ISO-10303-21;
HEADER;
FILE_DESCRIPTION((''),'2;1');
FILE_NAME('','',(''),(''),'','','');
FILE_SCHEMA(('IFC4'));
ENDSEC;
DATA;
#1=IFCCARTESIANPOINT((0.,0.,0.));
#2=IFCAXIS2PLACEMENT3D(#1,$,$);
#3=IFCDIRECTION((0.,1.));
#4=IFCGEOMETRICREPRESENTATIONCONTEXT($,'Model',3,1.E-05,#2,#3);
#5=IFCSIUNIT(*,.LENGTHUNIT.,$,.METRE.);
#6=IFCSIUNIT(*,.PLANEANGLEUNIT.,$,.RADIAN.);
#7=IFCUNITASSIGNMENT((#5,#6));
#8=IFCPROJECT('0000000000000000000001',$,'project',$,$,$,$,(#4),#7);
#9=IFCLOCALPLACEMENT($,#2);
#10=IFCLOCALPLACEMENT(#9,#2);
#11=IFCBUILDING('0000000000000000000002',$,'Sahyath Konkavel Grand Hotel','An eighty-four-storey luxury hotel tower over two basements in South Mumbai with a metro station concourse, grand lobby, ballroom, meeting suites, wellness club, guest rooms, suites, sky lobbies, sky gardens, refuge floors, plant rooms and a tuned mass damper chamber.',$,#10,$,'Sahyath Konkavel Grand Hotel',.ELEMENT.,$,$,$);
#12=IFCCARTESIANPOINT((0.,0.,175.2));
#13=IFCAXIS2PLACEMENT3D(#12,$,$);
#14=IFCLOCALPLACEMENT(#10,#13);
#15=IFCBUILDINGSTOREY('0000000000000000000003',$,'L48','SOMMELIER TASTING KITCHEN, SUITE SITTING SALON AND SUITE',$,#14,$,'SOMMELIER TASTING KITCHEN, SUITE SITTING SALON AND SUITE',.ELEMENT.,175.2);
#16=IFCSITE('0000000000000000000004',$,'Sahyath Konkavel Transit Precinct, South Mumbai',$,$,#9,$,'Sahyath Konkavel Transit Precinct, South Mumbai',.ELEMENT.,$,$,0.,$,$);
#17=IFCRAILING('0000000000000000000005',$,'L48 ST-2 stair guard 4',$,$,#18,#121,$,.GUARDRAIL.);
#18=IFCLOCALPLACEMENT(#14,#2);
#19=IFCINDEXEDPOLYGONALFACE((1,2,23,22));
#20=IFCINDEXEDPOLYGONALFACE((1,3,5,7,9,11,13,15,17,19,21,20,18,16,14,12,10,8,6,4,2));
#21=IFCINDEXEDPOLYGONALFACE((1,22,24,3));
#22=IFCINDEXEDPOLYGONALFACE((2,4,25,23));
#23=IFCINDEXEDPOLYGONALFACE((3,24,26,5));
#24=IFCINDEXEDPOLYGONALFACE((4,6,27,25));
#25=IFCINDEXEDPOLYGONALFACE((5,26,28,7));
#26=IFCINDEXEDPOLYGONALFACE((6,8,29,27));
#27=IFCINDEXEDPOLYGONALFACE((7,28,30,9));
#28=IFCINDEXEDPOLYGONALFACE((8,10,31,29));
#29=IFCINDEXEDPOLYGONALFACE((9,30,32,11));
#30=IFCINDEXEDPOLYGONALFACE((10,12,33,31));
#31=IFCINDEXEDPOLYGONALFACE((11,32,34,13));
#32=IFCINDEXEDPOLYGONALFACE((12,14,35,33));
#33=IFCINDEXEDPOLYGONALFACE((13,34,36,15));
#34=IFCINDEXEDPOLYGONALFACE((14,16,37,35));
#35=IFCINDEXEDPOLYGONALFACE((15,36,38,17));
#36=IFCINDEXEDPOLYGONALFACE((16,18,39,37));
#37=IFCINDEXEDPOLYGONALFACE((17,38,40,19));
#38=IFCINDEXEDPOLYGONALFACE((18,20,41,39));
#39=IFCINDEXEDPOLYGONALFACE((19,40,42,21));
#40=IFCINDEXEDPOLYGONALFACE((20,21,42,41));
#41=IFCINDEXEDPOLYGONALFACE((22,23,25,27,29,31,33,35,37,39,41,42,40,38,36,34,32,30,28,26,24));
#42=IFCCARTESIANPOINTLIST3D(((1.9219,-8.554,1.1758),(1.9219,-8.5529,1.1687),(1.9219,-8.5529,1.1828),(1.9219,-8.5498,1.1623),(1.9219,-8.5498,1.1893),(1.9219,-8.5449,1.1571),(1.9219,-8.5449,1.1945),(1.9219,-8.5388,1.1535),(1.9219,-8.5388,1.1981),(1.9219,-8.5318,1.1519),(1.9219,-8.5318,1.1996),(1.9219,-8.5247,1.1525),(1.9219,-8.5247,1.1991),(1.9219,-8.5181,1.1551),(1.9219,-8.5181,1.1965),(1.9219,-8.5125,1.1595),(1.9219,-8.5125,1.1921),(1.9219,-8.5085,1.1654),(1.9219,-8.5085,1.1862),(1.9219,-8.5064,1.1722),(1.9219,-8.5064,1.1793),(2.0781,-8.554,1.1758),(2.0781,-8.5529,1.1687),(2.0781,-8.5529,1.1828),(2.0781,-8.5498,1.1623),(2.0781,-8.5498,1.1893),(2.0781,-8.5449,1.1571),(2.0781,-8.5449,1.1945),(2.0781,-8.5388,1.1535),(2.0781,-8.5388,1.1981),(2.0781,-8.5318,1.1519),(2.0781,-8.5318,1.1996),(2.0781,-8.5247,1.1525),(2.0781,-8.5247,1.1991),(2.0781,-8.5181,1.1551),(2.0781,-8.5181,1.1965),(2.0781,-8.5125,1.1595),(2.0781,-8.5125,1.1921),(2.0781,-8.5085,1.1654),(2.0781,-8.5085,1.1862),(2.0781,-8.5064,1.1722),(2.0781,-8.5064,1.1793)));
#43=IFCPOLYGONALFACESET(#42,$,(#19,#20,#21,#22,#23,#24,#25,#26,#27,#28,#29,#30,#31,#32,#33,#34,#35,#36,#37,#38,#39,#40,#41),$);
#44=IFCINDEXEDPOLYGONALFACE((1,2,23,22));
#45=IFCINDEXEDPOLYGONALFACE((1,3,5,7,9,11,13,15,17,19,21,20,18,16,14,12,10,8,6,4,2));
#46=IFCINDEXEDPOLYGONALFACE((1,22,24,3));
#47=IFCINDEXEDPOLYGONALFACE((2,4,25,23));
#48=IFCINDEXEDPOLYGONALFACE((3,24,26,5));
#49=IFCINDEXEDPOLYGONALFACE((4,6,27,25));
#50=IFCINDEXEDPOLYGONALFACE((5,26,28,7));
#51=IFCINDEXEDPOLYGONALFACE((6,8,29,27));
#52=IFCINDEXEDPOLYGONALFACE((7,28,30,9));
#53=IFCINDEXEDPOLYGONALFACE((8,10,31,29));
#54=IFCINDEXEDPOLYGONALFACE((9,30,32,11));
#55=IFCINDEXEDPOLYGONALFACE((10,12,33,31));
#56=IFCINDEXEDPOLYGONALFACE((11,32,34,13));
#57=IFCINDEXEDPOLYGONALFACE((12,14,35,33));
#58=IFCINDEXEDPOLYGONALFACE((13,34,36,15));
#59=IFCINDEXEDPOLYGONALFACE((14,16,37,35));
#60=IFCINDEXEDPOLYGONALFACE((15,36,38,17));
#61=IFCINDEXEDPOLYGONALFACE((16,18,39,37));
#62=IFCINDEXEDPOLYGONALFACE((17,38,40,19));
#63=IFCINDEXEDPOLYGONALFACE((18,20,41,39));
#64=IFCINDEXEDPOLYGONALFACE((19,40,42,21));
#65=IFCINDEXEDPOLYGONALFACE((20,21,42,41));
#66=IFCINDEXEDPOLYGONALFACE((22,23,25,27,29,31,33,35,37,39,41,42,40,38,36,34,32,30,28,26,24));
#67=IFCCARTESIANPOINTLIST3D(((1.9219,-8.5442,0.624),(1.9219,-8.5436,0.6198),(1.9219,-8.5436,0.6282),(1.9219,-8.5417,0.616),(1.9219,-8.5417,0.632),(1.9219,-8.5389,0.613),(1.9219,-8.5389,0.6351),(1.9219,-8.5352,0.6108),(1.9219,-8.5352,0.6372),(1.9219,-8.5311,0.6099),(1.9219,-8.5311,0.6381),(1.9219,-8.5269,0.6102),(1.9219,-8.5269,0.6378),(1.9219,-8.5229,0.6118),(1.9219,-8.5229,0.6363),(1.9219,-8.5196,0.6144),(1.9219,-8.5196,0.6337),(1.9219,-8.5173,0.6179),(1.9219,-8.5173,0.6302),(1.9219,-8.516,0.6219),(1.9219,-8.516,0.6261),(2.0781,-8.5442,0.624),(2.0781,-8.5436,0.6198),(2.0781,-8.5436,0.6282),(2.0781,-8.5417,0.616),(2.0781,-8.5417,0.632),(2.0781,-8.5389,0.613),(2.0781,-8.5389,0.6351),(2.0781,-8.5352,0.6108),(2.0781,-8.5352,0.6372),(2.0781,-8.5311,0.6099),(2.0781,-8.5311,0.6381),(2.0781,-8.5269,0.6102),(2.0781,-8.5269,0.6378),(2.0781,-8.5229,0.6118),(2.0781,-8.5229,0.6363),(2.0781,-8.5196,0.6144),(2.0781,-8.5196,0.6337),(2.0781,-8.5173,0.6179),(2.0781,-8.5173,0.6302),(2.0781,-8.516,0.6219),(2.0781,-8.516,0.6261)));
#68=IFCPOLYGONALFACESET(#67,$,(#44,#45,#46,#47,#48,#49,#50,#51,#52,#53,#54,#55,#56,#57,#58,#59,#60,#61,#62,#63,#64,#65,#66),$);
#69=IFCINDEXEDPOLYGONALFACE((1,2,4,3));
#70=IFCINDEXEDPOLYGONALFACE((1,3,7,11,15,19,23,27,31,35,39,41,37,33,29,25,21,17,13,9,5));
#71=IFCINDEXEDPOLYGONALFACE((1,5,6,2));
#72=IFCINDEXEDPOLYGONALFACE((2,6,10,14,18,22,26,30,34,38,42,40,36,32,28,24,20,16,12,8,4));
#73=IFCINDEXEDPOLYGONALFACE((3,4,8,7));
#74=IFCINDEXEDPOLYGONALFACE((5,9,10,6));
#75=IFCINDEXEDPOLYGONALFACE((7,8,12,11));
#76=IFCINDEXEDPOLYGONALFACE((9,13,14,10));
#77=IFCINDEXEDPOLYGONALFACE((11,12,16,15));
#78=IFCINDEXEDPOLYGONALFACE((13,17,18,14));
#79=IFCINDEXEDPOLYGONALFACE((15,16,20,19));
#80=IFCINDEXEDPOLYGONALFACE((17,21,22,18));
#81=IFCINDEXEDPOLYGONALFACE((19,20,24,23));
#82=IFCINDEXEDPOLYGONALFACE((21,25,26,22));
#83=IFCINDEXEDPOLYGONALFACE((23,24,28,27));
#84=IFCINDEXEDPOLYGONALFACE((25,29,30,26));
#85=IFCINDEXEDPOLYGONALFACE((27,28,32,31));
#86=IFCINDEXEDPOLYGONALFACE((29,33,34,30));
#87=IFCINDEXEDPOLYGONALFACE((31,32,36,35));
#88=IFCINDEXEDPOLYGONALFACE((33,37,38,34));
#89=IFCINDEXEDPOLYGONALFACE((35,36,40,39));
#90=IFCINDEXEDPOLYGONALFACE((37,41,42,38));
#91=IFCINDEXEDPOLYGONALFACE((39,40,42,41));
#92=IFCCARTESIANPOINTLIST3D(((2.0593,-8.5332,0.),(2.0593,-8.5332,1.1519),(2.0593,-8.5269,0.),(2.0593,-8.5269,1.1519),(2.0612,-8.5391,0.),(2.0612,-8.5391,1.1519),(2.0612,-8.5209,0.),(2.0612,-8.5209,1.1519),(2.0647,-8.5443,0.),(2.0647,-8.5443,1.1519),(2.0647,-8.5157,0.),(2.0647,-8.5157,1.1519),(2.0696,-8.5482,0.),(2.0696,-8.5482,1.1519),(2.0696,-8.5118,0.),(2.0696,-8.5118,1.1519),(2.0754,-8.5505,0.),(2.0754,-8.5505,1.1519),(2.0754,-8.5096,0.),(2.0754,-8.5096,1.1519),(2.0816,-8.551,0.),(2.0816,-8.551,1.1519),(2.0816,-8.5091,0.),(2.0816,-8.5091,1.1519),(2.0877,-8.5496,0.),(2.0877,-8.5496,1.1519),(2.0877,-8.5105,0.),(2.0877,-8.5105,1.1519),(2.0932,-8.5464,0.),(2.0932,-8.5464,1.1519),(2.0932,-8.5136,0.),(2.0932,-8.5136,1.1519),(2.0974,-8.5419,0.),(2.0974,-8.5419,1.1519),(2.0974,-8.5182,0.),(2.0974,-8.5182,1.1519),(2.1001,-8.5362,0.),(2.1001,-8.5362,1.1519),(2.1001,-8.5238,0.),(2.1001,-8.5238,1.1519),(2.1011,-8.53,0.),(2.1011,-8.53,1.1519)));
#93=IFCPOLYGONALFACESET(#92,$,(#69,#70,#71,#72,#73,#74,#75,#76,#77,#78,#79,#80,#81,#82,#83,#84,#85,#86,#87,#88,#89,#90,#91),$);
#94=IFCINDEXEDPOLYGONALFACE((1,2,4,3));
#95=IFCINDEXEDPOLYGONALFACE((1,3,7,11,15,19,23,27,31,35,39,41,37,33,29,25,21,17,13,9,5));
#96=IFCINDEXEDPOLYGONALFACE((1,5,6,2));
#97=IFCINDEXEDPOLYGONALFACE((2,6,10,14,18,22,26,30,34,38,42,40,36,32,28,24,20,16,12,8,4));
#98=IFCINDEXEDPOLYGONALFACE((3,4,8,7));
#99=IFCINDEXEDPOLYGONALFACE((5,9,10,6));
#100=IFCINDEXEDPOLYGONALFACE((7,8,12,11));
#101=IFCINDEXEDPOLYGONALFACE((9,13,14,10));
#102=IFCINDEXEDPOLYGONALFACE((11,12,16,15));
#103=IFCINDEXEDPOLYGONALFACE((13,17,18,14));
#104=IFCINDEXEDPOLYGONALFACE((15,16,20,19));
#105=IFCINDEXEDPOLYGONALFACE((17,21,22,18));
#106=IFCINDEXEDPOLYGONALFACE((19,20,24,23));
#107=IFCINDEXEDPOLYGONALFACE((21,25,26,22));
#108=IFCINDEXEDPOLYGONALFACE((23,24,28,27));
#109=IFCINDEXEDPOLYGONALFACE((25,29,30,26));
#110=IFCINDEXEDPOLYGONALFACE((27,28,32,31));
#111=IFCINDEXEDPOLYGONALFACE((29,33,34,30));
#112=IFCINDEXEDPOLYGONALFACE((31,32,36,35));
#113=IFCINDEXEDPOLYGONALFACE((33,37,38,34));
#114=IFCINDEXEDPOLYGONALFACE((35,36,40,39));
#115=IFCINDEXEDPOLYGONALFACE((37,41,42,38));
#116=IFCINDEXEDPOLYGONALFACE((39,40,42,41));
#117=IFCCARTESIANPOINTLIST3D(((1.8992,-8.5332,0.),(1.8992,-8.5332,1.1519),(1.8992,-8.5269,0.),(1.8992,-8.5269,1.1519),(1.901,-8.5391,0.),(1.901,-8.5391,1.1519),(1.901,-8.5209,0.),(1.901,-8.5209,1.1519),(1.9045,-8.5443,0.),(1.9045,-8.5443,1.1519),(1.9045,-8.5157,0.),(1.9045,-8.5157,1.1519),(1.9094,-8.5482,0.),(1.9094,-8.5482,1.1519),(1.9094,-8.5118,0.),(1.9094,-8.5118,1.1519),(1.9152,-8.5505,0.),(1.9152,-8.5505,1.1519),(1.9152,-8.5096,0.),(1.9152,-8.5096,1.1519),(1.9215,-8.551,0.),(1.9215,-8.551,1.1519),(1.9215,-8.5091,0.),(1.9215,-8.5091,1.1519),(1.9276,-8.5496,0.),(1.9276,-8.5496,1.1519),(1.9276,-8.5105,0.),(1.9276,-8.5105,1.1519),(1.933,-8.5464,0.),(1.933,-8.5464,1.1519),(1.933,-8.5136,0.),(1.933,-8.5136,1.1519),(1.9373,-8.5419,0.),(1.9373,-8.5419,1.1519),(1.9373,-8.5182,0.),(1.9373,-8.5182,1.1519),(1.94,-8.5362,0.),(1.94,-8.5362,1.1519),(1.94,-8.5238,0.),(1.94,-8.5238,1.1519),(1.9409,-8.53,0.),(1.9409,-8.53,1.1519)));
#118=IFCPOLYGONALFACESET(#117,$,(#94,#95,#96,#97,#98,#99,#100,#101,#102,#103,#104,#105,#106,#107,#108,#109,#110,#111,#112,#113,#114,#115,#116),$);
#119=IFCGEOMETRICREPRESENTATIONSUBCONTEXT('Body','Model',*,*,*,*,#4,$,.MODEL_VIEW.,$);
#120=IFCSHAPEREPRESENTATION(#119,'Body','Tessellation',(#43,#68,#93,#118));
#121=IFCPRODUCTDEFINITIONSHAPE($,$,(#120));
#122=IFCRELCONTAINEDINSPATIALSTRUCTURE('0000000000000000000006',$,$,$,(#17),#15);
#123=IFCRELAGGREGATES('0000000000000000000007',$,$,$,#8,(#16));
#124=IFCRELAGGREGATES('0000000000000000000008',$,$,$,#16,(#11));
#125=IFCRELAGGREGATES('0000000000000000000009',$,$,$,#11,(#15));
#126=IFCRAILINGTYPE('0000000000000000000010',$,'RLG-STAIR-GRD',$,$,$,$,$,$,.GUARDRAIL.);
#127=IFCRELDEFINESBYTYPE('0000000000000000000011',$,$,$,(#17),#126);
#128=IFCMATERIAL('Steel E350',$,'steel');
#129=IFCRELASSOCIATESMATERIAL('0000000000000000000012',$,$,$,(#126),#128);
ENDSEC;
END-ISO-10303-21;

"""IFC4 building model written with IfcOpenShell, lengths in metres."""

from ifc_helpers import new_model, si_unit, direction, frame, origin, origin_2d, place, context, subcontext, project, spatial, circle, extrude, material, type_object, element, save


model = new_model("IFC4")

# Units and contexts
model_context = context("Model", 3, precision=1e-05, world=origin(), true_north=direction((0.0, 1.0)))
body_context = subcontext(model_context, "Body", "Model", "MODEL_VIEW")
ifc_project = project(units=[si_unit("LENGTHUNIT", "METRE"), si_unit("PLANEANGLEUNIT", "RADIAN")], contexts=[model_context])

# Site, building, storey
site_placement = place(None, origin())
site = spatial("IfcSite", under=ifc_project, at=site_placement, Name="Sahyath Konkavel Transit Precinct, South Mumbai", LongName="Sahyath Konkavel Transit Precinct, South Mumbai", CompositionType="ELEMENT", RefElevation=0.0)
building_placement = place(site_placement, origin())
building = spatial("IfcBuilding", under=site, at=building_placement, Name="Sahyath Konkavel Grand Hotel", Description="An eighty-four-storey luxury hotel tower over two basements in South Mumbai with a metro station concourse, grand lobby, ballroom, meeting suites, wellness club, guest rooms, suites, sky lobbies, sky gardens, refuge floors, plant rooms and a tuned mass damper chamber.", LongName="Sahyath Konkavel Grand Hotel", CompositionType="ELEMENT")
storey_placement = place(building_placement, frame((0.0, 0.0, 175.2)))
storey = spatial("IfcBuildingStorey", under=building, at=storey_placement, Name="L48", Description="SOMMELIER TASTING KITCHEN, SUITE SITTING SALON AND SUITE", LongName="SOMMELIER TASTING KITCHEN, SUITE SITTING SALON AND SUITE", CompositionType="ELEMENT", Elevation=175.2)

# Shared definitions
ifc_material_1 = material(Name="Steel E350", Category="steel")

# Railing
railing_type_1 = type_object("IfcRailingType", Name="RLG-STAIR-GRD", PredefinedType="GUARDRAIL", material=ifc_material_1)
railing_1_placement = place(storey_placement, frame((2.0801, -8.53, 0.0)))
element("IfcRailing", 1, at=railing_1_placement, inside=storey, type_object=railing_type_1, Name="L48 ST-2 stair guard 4", PredefinedType="GUARDRAIL", context=body_context, shape_type="SweptSolid", body=[
    extrude(circle(Radius=0.0239, at=origin_2d()), frame((-0.002, 0.0, 1.1758), z_axis=(-1.0, 0.0, 0.0), x_axis=(0.0, -1.0, 0.0)), (0.0, 0.0, 1.0), 0.1562),
    extrude(circle(Radius=0.0142, at=origin_2d()), frame((-0.002, 0.0, 0.624), z_axis=(-1.0, 0.0, 0.0), x_axis=(0.0, -1.0, 0.0)), (0.0, 0.0, 1.0), 0.1562),
    extrude(circle(Radius=0.021, at=origin_2d()), origin(), (0.0, 0.0, 1.0), 1.1519),
    extrude(circle(Radius=0.021, at=origin_2d()), frame((-0.1602, 0.0, 0.0)), (0.0, 0.0, 1.0), 1.1519),
])

save(model, "model.ifc")
